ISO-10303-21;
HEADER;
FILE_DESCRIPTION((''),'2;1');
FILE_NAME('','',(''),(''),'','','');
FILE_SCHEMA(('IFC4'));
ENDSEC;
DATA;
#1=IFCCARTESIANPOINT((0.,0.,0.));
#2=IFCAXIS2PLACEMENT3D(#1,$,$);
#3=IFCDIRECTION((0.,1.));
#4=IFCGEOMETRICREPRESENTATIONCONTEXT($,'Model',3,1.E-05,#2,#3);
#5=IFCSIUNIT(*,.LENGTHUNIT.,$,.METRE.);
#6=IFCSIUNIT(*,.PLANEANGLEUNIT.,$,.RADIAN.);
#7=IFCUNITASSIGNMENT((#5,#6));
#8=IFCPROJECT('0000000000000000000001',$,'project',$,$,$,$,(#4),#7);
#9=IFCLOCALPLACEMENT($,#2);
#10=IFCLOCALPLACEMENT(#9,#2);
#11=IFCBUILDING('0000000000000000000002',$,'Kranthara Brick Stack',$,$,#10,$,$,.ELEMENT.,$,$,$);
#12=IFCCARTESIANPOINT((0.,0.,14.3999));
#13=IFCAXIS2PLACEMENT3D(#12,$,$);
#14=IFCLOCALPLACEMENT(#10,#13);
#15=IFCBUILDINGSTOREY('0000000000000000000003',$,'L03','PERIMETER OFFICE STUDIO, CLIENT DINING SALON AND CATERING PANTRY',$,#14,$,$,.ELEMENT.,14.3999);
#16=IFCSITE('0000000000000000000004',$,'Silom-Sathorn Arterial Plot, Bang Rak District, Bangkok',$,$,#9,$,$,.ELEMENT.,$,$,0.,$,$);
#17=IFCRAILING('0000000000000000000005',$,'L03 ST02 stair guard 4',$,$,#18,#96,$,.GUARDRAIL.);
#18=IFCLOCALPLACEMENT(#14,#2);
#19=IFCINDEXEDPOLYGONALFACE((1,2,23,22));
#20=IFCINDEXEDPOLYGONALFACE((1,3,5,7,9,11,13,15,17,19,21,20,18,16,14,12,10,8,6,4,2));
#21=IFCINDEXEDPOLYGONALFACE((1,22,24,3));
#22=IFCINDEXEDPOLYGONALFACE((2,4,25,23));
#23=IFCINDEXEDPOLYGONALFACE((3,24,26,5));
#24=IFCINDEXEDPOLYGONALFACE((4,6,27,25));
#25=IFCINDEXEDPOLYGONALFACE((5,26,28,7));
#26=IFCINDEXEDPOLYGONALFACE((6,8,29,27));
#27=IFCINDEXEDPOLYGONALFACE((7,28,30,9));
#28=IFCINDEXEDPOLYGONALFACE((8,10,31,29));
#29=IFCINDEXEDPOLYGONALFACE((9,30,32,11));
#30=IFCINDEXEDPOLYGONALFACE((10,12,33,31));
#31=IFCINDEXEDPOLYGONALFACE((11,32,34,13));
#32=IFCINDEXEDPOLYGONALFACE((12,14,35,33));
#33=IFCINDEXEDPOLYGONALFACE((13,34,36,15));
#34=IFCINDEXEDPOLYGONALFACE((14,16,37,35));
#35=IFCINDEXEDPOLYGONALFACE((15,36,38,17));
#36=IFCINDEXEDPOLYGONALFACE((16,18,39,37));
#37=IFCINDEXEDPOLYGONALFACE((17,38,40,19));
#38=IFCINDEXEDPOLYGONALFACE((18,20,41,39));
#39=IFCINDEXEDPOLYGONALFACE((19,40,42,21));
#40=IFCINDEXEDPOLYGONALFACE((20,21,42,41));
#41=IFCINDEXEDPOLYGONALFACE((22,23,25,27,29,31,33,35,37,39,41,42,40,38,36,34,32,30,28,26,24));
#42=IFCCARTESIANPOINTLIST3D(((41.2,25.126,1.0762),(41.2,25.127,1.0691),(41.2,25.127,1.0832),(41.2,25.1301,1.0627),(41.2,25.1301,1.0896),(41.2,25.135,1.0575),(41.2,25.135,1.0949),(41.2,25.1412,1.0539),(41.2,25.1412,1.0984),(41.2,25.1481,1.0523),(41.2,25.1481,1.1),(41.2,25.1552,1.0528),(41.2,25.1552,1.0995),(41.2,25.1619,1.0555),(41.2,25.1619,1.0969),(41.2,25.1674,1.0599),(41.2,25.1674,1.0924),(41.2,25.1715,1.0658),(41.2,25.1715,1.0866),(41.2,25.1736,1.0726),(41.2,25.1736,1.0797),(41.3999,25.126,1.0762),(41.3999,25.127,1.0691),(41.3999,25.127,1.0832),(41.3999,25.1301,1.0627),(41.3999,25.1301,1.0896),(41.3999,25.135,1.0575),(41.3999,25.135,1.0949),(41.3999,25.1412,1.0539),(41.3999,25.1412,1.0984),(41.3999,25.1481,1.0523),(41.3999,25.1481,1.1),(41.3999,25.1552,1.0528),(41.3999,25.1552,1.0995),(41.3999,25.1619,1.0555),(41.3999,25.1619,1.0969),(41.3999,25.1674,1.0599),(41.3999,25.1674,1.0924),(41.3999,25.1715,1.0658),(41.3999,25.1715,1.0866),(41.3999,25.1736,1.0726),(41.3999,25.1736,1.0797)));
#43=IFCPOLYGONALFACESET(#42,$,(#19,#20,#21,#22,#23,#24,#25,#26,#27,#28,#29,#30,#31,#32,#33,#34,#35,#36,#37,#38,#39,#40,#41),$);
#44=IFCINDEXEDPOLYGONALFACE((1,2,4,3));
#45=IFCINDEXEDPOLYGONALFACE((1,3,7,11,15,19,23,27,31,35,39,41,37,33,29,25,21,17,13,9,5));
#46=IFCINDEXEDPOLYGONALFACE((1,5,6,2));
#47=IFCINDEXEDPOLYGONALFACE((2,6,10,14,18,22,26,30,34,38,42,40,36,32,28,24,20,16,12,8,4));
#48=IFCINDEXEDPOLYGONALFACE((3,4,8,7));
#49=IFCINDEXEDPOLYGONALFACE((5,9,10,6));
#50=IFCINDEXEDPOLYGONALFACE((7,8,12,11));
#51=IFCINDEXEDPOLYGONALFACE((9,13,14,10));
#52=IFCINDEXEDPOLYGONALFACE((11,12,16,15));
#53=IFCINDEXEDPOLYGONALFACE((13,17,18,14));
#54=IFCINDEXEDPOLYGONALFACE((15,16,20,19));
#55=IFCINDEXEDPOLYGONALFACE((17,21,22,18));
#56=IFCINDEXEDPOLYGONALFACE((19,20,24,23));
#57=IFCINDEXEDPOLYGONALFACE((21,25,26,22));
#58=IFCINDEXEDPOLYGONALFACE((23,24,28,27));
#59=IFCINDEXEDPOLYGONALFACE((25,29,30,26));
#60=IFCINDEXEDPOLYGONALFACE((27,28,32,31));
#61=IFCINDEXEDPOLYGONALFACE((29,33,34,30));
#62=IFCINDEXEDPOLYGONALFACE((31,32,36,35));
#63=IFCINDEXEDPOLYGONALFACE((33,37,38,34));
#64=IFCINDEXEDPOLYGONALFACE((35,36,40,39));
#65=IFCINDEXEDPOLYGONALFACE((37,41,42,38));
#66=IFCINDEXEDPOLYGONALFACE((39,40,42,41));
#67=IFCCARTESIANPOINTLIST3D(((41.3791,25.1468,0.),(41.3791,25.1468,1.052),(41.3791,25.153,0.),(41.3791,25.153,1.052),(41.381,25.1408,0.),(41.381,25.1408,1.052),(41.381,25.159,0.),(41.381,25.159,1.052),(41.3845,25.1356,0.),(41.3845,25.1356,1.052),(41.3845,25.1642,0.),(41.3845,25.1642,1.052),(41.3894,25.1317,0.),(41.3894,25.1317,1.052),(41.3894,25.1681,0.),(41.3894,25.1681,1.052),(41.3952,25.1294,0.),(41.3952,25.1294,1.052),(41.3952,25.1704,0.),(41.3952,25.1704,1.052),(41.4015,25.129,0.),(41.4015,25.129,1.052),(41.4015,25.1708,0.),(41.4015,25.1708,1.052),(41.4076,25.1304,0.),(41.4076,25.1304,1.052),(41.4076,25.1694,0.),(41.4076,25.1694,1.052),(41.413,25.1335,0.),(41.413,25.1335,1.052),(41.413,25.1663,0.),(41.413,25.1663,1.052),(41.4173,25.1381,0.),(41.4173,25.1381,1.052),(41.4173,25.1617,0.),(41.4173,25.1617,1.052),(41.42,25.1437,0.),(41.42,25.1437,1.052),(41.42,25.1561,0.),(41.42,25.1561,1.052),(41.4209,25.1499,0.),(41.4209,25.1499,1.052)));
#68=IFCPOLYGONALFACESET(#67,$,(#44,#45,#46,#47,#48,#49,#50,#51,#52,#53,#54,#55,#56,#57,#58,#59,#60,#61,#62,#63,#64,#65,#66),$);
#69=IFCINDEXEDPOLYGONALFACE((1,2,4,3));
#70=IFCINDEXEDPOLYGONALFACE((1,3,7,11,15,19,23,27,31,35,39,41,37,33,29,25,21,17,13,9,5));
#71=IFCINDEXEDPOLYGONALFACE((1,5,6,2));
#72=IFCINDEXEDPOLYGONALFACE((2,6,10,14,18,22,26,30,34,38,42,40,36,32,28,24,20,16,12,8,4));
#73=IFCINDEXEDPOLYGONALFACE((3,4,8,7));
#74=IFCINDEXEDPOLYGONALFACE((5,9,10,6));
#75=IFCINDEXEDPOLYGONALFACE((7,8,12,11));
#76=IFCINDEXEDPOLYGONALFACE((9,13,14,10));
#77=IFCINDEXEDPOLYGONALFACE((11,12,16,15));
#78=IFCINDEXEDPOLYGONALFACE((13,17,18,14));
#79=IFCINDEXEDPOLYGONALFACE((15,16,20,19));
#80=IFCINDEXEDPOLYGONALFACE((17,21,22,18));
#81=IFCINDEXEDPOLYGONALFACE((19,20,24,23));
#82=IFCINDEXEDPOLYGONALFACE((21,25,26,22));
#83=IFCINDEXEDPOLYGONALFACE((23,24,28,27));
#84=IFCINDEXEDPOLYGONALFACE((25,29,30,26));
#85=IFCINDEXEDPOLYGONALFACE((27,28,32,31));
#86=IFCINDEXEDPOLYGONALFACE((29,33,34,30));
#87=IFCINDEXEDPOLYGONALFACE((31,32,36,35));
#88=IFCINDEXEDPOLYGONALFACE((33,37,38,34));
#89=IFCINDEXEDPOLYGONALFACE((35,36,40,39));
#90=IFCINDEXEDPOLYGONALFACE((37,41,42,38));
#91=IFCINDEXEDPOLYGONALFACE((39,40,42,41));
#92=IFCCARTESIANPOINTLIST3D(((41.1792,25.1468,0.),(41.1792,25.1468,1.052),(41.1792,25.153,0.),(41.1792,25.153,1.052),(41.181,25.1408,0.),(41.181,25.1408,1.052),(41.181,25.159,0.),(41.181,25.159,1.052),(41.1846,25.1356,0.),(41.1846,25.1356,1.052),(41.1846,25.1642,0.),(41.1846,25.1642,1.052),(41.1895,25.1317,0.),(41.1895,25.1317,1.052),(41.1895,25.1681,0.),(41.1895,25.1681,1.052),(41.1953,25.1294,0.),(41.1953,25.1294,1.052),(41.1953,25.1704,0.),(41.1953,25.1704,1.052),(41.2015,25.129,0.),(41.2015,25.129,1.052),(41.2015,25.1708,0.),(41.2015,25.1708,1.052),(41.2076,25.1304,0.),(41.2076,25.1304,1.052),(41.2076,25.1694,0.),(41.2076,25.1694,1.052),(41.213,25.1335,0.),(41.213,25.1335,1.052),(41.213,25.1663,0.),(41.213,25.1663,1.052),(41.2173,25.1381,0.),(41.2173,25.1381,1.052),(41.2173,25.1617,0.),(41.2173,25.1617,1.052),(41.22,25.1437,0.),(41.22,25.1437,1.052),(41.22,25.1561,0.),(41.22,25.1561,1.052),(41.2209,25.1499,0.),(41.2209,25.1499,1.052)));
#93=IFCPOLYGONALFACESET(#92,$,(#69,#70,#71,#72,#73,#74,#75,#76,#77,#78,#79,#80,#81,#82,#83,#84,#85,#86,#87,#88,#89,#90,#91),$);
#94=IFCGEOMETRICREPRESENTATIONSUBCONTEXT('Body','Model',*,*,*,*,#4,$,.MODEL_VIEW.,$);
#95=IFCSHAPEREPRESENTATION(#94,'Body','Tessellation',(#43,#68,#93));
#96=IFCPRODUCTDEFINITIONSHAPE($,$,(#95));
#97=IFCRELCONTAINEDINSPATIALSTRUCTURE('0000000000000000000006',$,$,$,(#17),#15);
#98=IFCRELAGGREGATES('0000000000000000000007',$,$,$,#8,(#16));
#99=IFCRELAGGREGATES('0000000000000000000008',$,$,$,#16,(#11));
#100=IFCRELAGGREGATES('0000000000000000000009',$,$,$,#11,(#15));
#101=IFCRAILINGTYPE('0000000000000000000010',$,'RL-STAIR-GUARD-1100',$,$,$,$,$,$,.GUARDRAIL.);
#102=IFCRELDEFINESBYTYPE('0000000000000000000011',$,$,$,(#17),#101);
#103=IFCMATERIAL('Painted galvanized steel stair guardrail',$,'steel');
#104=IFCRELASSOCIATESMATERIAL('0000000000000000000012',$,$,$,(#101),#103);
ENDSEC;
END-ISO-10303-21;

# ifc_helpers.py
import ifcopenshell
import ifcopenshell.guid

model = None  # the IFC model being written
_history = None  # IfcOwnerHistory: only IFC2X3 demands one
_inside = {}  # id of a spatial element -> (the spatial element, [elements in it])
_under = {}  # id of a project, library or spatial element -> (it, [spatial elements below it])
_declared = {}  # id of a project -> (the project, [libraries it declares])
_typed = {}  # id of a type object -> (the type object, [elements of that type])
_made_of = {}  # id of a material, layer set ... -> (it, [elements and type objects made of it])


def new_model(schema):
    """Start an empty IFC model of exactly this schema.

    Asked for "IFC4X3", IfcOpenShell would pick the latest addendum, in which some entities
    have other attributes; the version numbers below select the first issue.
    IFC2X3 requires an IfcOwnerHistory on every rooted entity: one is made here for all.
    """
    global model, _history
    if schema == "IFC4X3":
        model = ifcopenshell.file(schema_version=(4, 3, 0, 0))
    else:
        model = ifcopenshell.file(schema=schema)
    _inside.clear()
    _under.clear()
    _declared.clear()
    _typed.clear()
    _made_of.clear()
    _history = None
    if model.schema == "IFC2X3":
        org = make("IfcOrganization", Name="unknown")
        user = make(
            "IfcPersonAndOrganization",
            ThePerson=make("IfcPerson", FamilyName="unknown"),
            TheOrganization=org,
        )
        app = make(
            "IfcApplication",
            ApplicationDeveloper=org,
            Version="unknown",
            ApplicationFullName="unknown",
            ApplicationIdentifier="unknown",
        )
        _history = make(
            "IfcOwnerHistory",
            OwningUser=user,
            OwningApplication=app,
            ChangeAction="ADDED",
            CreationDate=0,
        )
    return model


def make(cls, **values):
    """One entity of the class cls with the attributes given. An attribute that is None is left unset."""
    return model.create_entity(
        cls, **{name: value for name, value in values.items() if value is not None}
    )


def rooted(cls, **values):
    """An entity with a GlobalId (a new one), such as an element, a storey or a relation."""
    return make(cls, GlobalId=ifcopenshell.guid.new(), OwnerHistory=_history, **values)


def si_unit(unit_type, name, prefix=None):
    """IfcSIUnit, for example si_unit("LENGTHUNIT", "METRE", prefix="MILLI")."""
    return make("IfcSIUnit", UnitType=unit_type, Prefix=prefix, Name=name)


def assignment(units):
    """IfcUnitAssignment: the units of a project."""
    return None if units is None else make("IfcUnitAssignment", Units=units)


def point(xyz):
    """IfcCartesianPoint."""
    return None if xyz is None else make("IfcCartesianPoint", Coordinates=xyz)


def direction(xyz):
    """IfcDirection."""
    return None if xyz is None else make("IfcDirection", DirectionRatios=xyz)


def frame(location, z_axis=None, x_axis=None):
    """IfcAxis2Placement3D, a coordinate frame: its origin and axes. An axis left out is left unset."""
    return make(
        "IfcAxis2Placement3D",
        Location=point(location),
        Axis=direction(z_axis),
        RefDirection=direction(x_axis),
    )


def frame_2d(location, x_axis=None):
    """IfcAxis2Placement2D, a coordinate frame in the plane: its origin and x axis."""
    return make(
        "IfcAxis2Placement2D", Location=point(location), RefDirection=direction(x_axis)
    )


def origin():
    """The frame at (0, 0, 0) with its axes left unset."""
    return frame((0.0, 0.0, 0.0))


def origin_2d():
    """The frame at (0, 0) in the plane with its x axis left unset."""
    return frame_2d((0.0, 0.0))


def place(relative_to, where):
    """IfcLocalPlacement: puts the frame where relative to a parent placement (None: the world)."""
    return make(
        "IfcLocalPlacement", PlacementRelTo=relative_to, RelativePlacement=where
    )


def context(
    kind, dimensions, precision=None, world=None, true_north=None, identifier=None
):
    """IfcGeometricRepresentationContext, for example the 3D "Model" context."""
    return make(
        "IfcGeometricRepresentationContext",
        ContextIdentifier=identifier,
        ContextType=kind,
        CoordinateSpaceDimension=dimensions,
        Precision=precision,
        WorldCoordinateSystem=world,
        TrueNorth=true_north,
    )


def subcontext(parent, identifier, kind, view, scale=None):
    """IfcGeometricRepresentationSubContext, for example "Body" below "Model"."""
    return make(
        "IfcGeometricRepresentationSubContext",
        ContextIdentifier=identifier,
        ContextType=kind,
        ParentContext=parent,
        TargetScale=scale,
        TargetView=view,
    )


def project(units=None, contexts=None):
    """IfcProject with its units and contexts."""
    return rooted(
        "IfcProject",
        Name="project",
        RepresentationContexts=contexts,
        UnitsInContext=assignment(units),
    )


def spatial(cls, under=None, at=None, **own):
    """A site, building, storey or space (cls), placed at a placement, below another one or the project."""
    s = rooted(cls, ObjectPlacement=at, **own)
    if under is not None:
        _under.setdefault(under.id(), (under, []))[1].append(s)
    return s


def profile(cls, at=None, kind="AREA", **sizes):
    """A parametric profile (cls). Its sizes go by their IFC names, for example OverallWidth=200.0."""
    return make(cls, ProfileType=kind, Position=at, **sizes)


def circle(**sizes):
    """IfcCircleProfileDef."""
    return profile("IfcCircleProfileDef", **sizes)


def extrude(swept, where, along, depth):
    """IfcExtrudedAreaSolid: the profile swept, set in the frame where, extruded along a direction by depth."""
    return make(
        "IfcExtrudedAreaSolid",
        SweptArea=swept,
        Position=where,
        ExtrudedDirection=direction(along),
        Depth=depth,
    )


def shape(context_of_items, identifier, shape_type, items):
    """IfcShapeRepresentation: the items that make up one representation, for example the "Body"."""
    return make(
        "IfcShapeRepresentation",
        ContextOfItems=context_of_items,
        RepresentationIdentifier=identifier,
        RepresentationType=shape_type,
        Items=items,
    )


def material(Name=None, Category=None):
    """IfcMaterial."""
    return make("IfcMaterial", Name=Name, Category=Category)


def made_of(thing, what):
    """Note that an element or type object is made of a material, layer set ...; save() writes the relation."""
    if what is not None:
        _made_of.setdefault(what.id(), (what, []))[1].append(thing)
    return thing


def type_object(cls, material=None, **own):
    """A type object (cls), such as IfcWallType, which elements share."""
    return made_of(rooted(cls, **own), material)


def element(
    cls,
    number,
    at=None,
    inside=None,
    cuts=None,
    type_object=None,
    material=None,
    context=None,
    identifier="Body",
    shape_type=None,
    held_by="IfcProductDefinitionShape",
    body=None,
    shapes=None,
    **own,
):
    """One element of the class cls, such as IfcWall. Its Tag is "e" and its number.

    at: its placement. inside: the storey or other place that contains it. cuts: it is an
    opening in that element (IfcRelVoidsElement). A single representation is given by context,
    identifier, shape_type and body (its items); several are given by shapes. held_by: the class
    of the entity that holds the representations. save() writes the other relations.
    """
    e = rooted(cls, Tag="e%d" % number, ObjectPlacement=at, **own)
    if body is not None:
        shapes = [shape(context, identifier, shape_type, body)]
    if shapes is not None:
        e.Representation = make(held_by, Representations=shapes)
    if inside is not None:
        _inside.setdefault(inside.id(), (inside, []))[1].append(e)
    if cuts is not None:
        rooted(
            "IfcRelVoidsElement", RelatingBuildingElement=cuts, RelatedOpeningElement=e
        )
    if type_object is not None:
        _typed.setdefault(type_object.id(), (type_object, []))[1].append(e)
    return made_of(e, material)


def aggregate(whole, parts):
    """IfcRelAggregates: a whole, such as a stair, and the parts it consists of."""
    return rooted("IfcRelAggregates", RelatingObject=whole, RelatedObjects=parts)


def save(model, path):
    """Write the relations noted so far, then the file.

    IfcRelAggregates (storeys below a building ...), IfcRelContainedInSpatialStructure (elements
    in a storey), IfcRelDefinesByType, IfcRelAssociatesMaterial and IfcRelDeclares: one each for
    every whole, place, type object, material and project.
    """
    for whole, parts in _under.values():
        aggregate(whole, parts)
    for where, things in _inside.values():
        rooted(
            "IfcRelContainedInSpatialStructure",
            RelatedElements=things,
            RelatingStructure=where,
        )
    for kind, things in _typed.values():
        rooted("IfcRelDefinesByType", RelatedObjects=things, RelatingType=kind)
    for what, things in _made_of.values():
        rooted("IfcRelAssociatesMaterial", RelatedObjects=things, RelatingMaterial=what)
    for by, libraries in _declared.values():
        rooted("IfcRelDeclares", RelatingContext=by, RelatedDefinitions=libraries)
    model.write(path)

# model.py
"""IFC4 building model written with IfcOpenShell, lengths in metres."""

from ifc_helpers import new_model, si_unit, direction, frame, origin, origin_2d, place, context, subcontext, project, spatial, circle, extrude, material, type_object, element, save


model = new_model("IFC4")

# Units and contexts
model_context = context("Model", 3, precision=1e-05, world=origin(), true_north=direction((0.0, 1.0)))
body_context = subcontext(model_context, "Body", "Model", "MODEL_VIEW")
ifc_project = project(units=[si_unit("LENGTHUNIT", "METRE"), si_unit("PLANEANGLEUNIT", "RADIAN")], contexts=[model_context])

# Site, building, storey
site_placement = place(None, origin())
site = spatial("IfcSite", under=ifc_project, at=site_placement, Name="Silom-Sathorn Arterial Plot, Bang Rak District, Bangkok", CompositionType="ELEMENT", RefElevation=0.0)
building_placement = place(site_placement, origin())
building = spatial("IfcBuilding", under=site, at=building_placement, Name="Kranthara Brick Stack", CompositionType="ELEMENT")
storey_placement = place(building_placement, frame((0.0, 0.0, 14.3999)))
storey = spatial("IfcBuildingStorey", under=building, at=storey_placement, Name="L03", Description="PERIMETER OFFICE STUDIO, CLIENT DINING SALON AND CATERING PANTRY", CompositionType="ELEMENT", Elevation=14.3999)

# Railing
ifc_material_1 = material(Name="Painted galvanized steel stair guardrail", Category="steel")
railing_type_1 = type_object("IfcRailingType", Name="RL-STAIR-GUARD-1100", PredefinedType="GUARDRAIL", material=ifc_material_1)
railing_1_placement = place(storey_placement, frame((41.3999, 25.1499, 0.0)))
element("IfcRailing", 1, at=railing_1_placement, inside=storey, type_object=railing_type_1, Name="L03 ST02 stair guard 4", PredefinedType="GUARDRAIL", context=body_context, shape_type="SweptSolid", body=[
    extrude(circle(Radius=0.0239, at=origin_2d()), frame((0.0, 0.0, 1.0762), z_axis=(-1.0, 0.0, 0.0), x_axis=(0.0, -1.0, 0.0)), (0.0, 0.0, 1.0), 0.2),
    extrude(circle(Radius=0.021, at=origin_2d()), origin(), (0.0, 0.0, 1.0), 1.052),
    extrude(circle(Radius=0.021, at=origin_2d()), frame((-0.2, 0.0, 0.0)), (0.0, 0.0, 1.0), 1.052),
])

save(model, "model.ifc")
